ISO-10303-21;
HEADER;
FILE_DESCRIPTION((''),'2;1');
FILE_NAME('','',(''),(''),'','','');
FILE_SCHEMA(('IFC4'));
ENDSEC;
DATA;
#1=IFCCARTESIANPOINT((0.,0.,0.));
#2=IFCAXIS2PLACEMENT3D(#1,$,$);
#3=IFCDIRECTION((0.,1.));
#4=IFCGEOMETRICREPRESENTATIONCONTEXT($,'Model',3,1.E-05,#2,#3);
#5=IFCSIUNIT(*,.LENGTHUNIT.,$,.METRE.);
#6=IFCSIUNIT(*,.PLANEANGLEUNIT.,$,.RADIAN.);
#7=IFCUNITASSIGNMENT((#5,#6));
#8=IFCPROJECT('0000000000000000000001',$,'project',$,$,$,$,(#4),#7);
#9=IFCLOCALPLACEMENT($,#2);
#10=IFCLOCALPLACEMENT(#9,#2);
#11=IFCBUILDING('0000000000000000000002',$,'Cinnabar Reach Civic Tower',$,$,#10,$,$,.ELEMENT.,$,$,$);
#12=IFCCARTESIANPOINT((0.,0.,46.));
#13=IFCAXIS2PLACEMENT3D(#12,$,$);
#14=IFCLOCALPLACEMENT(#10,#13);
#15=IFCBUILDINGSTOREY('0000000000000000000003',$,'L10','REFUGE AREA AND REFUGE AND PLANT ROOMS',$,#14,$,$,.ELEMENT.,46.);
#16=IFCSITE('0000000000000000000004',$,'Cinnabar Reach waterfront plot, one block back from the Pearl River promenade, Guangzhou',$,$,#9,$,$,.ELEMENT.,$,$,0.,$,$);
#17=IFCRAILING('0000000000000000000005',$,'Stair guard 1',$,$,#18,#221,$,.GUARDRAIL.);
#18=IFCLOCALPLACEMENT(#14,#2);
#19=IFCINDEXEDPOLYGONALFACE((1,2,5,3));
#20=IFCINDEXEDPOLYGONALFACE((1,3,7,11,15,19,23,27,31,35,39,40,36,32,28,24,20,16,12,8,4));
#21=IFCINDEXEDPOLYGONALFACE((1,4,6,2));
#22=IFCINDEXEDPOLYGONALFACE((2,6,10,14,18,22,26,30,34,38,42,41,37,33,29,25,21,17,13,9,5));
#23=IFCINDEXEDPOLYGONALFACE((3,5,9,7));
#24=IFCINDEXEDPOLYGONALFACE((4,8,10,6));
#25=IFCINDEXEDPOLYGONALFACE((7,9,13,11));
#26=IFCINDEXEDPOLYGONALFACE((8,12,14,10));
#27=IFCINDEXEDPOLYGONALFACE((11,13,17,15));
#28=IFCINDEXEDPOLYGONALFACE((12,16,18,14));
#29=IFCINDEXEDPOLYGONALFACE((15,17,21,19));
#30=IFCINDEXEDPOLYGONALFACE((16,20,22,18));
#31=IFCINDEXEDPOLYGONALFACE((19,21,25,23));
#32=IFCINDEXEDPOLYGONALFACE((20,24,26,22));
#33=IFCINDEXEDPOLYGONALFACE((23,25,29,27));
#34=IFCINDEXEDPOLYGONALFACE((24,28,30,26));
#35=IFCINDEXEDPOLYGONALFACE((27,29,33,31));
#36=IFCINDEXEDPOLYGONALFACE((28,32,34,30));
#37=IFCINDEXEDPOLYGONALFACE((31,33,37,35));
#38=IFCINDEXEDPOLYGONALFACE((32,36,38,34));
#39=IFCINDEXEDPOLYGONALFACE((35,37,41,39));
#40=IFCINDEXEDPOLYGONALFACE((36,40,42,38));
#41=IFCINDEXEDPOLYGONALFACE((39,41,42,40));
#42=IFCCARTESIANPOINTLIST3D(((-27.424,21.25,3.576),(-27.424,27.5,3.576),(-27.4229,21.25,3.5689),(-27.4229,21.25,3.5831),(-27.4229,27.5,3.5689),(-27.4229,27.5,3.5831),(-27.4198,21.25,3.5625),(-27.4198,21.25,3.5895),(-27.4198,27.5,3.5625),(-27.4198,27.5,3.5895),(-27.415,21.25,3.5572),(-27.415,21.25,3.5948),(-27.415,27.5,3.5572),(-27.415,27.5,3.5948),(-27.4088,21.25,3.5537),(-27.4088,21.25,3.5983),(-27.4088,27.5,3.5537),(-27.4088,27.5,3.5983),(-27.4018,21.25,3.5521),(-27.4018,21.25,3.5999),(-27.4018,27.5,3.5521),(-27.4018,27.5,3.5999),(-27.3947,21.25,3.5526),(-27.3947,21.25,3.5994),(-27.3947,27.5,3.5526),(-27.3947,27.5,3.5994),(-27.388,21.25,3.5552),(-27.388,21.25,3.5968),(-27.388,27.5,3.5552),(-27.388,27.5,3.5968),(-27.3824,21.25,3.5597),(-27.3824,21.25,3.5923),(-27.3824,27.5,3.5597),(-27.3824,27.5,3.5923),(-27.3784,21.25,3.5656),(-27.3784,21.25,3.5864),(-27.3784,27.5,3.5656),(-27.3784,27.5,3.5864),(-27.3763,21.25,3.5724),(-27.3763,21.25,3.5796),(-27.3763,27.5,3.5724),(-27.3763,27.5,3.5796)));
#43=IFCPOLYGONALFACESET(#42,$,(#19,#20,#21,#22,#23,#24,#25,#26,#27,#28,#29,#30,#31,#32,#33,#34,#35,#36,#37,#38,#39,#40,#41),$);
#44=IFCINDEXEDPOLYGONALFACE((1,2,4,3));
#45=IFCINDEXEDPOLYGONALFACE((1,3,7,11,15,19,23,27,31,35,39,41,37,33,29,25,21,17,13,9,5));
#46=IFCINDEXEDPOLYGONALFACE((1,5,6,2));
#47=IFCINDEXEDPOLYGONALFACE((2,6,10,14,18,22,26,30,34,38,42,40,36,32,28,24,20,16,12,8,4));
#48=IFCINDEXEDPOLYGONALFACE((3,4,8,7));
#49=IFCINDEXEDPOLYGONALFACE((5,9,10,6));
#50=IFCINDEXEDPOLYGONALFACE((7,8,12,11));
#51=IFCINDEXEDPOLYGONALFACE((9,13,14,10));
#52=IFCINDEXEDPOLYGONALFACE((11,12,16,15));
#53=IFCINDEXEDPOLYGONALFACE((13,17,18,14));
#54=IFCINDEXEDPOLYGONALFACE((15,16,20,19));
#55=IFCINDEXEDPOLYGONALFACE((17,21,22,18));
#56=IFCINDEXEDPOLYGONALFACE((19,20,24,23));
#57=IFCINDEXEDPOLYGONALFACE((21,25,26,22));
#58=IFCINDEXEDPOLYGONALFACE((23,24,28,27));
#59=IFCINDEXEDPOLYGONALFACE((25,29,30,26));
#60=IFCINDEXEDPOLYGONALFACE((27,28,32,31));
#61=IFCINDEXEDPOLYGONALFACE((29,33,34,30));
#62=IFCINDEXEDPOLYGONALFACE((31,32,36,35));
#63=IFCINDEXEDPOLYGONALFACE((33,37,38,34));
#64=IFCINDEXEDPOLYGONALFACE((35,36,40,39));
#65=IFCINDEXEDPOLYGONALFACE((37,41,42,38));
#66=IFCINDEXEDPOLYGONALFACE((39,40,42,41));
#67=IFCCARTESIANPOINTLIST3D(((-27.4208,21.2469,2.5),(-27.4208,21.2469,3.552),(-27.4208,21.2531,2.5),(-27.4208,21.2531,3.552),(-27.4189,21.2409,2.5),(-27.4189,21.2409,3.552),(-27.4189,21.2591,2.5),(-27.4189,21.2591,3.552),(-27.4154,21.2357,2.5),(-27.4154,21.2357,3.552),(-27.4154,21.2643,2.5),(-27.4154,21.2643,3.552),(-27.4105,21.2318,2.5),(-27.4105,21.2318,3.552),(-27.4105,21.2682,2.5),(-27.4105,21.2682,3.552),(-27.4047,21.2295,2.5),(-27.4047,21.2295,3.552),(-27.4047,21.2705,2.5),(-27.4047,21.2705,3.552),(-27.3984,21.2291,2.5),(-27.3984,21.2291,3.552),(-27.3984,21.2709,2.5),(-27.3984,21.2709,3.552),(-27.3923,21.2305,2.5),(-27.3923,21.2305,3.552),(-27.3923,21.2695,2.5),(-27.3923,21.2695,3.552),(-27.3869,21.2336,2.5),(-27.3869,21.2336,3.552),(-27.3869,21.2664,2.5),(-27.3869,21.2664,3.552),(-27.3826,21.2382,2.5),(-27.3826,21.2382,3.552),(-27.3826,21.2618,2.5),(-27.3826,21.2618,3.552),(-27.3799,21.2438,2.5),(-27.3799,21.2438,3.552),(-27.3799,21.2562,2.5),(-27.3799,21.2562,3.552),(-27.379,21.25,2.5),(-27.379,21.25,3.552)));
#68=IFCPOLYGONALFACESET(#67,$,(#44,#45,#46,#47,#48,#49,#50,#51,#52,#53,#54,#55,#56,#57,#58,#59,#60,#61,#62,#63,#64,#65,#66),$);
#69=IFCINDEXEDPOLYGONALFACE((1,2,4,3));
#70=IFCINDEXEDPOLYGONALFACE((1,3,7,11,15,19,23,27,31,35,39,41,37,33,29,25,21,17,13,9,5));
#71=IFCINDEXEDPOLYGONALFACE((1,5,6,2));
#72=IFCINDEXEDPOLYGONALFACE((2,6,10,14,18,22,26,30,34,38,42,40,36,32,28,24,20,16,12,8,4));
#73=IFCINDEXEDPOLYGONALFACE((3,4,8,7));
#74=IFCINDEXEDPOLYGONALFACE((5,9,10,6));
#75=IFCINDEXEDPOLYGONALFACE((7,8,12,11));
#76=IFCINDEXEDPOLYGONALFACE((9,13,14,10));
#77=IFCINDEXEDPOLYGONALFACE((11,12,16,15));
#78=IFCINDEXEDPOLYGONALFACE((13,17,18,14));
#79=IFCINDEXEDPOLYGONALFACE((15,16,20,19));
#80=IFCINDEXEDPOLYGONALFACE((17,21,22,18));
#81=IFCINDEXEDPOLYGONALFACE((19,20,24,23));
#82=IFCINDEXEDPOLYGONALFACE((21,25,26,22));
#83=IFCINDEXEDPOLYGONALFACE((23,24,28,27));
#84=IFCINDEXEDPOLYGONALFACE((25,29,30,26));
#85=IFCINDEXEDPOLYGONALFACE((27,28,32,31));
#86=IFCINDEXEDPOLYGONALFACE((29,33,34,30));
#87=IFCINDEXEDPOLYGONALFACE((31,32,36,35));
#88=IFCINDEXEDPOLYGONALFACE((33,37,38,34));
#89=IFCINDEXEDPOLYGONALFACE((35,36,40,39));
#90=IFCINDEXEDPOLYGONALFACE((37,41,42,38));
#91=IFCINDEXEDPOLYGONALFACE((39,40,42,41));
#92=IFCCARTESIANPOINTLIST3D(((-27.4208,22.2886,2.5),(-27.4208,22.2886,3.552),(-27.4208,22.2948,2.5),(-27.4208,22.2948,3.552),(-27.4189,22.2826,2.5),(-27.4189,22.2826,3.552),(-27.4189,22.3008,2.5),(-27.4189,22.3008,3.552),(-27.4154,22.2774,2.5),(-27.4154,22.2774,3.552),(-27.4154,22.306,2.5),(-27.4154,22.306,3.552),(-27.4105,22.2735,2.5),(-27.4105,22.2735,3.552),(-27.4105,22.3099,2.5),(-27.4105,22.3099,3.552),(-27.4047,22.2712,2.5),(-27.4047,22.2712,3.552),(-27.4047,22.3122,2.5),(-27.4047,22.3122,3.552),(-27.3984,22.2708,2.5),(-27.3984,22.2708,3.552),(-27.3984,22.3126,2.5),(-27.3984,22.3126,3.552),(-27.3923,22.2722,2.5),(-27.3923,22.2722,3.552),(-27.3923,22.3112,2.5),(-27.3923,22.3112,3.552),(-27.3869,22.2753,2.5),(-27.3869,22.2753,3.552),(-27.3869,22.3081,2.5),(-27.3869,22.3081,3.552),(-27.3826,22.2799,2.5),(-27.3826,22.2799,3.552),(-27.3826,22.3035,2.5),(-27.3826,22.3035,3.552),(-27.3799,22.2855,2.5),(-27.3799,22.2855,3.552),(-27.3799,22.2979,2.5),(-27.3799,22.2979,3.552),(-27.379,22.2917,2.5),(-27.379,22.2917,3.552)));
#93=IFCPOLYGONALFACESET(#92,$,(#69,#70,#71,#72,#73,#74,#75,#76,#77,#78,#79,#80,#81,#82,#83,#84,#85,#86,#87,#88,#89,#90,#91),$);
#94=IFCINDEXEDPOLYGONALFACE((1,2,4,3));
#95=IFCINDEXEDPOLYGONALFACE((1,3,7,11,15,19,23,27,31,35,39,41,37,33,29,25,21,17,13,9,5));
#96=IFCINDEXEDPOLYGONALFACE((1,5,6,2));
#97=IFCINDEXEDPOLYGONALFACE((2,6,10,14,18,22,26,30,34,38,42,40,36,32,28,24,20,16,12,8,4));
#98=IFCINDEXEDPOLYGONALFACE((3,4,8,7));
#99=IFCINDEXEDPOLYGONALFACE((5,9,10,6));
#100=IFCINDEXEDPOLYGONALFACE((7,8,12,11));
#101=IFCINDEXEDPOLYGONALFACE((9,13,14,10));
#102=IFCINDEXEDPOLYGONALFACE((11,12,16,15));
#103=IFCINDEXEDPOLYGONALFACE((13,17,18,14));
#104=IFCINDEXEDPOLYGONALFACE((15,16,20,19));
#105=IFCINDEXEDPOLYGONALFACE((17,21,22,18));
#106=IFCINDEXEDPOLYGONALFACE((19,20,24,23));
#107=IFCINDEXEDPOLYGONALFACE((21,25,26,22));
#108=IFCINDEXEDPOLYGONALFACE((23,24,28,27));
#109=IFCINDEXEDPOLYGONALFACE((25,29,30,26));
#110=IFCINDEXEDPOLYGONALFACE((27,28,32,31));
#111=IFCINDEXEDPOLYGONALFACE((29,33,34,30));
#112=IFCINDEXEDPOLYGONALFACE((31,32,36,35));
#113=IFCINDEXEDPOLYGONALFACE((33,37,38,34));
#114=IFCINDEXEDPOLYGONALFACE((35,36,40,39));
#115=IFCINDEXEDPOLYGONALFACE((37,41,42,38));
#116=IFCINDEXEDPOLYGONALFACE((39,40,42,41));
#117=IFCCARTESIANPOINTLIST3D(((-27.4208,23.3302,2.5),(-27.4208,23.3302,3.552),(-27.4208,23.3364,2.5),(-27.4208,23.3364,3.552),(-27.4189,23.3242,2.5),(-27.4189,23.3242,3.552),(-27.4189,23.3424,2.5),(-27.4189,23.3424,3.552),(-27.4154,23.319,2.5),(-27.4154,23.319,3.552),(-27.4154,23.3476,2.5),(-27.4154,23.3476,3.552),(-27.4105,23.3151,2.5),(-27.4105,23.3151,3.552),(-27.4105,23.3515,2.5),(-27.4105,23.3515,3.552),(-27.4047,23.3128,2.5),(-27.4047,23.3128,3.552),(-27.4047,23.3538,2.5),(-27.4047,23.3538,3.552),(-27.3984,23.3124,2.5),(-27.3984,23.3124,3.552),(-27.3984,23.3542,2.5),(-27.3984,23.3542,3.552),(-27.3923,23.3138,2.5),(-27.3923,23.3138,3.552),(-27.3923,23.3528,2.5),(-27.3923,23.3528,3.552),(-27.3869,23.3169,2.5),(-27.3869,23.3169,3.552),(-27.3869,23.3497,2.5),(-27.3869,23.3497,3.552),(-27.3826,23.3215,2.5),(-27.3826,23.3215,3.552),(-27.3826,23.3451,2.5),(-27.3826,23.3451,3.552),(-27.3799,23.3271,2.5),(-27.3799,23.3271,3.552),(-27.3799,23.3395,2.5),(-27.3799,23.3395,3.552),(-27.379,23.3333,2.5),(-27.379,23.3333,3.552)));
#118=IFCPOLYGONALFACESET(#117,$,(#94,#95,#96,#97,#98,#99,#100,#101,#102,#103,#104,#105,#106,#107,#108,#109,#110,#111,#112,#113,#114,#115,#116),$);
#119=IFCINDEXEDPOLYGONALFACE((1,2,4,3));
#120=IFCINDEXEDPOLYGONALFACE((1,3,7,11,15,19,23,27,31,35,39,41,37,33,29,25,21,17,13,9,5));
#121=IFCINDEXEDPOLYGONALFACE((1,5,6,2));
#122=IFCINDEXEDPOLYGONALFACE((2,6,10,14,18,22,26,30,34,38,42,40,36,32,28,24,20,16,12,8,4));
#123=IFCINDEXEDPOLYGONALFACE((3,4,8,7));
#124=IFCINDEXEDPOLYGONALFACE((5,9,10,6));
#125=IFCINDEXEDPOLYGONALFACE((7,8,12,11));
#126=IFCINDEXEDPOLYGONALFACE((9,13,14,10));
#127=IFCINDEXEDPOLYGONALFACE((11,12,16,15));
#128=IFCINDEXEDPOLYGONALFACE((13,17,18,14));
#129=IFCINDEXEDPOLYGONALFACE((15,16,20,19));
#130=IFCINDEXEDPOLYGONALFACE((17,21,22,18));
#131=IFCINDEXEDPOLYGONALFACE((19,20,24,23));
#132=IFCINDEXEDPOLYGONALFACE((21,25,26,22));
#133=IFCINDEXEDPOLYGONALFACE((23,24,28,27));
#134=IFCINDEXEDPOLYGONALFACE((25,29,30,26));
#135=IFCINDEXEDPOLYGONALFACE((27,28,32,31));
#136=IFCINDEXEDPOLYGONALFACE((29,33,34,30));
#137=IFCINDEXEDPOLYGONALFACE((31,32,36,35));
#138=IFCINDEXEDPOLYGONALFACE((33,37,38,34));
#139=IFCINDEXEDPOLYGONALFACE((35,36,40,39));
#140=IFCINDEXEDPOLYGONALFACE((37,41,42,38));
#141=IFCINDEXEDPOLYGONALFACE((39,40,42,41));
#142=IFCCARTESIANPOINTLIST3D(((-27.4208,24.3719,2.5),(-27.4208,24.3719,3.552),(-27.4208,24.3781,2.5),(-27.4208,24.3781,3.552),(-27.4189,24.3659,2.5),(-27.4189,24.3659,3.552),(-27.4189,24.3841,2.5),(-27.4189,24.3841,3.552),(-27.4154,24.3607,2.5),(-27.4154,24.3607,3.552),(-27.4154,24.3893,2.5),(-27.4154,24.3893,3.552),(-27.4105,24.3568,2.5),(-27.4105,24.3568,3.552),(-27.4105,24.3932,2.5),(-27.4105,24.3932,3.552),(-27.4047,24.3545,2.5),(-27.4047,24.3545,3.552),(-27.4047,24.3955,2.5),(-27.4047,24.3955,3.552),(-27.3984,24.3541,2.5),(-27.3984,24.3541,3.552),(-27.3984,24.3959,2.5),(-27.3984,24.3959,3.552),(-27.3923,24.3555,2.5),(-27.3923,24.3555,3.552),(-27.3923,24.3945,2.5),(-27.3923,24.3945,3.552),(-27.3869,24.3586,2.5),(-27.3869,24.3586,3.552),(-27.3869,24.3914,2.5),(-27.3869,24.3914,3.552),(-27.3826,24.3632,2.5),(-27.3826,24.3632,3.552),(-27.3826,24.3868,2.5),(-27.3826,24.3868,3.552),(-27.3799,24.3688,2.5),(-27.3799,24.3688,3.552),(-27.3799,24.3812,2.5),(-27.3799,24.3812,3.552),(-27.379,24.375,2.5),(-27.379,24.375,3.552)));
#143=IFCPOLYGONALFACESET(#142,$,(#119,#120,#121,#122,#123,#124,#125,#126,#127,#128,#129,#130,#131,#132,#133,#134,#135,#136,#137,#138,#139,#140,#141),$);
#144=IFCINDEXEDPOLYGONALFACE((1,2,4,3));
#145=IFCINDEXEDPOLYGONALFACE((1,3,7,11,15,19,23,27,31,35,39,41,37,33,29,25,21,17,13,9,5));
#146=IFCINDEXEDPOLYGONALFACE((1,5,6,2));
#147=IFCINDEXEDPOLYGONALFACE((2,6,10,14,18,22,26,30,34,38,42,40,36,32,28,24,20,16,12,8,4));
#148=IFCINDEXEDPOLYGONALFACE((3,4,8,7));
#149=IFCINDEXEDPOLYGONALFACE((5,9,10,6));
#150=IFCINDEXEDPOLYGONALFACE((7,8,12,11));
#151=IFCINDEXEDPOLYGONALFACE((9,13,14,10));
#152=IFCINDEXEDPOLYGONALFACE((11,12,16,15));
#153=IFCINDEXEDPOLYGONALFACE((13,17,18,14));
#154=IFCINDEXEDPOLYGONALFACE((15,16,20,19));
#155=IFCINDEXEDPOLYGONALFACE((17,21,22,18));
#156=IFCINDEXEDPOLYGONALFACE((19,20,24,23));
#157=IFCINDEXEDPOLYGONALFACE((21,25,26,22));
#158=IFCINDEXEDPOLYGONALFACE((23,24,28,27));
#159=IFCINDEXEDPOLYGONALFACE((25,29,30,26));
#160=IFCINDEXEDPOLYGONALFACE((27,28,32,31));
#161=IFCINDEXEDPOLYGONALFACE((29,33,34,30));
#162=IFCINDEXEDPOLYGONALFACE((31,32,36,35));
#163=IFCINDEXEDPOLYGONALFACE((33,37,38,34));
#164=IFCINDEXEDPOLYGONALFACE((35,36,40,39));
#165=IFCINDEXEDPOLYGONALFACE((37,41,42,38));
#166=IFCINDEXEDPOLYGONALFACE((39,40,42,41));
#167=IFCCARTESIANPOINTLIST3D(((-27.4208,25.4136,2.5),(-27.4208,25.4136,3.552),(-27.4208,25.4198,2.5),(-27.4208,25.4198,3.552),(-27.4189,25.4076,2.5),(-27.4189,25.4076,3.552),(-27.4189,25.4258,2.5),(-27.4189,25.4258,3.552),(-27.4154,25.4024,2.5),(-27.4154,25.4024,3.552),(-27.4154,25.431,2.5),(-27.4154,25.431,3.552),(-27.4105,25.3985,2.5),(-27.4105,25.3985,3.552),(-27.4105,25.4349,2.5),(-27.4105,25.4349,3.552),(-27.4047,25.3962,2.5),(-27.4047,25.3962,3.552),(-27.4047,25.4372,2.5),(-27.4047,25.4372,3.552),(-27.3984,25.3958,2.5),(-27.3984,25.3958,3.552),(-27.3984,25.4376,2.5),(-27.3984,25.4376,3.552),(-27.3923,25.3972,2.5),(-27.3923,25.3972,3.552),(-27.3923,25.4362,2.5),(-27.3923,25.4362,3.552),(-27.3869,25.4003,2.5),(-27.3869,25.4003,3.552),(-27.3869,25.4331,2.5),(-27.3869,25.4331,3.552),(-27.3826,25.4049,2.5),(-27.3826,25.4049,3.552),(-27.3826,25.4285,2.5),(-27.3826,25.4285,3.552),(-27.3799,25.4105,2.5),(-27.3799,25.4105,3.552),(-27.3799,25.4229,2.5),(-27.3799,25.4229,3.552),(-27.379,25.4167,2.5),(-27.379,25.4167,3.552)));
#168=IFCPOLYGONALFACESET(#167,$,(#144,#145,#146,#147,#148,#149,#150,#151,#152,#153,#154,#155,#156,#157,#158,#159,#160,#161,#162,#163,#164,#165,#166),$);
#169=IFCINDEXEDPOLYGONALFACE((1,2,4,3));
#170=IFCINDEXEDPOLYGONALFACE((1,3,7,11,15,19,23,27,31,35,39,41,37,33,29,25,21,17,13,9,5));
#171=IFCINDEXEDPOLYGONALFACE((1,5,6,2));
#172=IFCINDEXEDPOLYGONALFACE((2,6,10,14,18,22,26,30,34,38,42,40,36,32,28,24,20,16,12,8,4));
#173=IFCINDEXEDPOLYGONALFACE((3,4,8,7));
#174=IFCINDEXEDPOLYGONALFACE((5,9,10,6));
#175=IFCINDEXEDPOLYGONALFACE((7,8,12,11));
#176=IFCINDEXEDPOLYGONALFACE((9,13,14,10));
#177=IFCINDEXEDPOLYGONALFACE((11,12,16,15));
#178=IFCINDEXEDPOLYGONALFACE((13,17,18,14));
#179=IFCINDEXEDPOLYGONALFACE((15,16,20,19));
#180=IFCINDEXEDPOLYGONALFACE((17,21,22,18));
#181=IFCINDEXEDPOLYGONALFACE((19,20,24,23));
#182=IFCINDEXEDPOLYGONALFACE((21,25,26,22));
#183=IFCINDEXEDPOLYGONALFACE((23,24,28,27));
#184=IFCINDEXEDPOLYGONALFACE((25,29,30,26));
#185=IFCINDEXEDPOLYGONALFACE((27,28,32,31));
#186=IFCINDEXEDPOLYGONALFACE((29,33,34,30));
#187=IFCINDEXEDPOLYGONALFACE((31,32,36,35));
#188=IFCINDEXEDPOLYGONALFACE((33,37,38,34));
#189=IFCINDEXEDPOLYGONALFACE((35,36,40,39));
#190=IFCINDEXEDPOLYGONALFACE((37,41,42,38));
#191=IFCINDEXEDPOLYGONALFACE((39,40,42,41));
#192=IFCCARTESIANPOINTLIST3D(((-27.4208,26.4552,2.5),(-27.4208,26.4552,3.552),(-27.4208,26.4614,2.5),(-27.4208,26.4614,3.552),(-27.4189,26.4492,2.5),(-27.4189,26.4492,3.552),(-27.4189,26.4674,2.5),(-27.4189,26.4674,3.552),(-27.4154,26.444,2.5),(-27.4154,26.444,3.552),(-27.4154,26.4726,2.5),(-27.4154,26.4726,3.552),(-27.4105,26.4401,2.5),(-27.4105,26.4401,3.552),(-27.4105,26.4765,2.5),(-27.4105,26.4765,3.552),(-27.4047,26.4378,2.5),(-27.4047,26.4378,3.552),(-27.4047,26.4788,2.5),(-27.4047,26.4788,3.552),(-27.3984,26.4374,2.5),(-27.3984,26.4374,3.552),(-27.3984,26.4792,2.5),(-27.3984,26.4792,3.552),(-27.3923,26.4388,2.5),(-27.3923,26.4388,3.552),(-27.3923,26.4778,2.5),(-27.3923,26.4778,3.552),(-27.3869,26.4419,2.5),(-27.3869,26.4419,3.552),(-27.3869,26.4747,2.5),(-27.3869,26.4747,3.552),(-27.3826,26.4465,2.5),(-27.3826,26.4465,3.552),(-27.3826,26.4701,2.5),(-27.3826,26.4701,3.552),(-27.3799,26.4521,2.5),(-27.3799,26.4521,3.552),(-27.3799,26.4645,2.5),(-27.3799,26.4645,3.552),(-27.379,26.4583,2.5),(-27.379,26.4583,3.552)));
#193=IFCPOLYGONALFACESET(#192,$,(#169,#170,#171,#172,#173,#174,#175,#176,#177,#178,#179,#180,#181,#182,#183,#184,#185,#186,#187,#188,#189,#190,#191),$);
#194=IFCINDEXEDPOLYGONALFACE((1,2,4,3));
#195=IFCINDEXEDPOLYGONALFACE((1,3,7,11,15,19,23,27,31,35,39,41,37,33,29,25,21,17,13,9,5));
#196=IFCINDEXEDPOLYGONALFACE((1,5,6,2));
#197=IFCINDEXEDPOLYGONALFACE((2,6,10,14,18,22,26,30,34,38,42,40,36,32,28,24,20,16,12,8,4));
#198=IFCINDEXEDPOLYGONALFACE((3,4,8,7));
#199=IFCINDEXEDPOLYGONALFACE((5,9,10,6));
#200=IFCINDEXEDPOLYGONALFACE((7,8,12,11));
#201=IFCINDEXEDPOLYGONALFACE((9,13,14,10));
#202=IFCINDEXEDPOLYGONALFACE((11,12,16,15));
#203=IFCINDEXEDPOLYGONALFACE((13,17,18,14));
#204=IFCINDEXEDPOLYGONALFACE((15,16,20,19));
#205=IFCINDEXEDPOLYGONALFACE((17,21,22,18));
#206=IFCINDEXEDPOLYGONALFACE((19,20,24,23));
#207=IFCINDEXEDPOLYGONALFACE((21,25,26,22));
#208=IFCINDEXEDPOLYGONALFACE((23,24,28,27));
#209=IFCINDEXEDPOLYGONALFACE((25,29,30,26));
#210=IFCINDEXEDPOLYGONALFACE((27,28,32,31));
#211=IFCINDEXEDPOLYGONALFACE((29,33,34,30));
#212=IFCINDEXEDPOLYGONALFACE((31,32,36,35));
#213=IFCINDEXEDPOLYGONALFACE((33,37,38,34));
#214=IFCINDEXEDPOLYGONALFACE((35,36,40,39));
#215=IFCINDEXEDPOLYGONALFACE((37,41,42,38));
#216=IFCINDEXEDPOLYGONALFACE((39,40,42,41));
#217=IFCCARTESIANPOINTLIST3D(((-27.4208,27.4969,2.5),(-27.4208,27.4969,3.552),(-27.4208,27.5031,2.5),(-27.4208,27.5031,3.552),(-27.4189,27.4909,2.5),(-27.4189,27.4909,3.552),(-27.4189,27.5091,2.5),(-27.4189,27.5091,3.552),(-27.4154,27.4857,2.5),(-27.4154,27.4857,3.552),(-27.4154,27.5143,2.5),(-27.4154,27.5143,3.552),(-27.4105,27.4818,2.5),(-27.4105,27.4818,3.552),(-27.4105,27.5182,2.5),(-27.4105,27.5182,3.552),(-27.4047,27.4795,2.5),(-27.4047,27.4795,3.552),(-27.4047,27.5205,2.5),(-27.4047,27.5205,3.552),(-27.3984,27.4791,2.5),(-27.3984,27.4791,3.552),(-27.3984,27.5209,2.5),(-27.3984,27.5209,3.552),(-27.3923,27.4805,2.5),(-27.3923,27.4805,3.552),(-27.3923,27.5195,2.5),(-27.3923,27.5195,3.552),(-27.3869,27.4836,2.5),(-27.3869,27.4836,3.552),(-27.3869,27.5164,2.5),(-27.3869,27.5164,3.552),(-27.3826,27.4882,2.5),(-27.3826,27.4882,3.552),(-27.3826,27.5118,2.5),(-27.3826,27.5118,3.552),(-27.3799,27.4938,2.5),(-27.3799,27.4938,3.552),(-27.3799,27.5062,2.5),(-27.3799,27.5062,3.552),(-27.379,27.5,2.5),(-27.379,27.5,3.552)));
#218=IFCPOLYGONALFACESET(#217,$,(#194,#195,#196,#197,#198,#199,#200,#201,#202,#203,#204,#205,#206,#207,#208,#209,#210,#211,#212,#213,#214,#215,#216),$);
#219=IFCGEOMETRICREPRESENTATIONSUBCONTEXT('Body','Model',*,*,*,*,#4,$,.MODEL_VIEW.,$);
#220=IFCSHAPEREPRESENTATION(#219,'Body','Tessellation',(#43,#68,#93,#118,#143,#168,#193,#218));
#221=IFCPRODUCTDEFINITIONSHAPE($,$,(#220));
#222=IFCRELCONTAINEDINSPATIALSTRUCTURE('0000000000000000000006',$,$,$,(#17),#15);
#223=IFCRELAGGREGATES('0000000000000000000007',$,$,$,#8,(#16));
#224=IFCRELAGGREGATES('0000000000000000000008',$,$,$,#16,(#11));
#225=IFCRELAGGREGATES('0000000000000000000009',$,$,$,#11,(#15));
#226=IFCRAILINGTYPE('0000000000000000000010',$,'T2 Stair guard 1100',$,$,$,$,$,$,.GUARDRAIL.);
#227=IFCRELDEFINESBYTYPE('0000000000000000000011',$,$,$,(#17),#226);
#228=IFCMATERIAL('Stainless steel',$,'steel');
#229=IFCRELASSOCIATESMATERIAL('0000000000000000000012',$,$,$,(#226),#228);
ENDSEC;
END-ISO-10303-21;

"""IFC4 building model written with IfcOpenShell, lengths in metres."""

from ifc_helpers import new_model, si_unit, direction, frame, origin, origin_2d, place, context, subcontext, project, spatial, circle, extrude, material, type_object, element, save


model = new_model("IFC4")

# Units and contexts
model_context = context("Model", 3, precision=1e-05, world=origin(), true_north=direction((0.0, 1.0)))
body_context = subcontext(model_context, "Body", "Model", "MODEL_VIEW")
ifc_project = project(units=[si_unit("LENGTHUNIT", "METRE"), si_unit("PLANEANGLEUNIT", "RADIAN")], contexts=[model_context])

# Site, building, storey
site_placement = place(None, origin())
site = spatial("IfcSite", under=ifc_project, at=site_placement, Name="Cinnabar Reach waterfront plot, one block back from the Pearl River promenade, Guangzhou", CompositionType="ELEMENT", RefElevation=0.0)
building_placement = place(site_placement, origin())
building = spatial("IfcBuilding", under=site, at=building_placement, Name="Cinnabar Reach Civic Tower", CompositionType="ELEMENT")
storey_placement = place(building_placement, frame((0.0, 0.0, 46.0)))
storey = spatial("IfcBuildingStorey", under=building, at=storey_placement, Name="L10", Description="REFUGE AREA AND REFUGE AND PLANT ROOMS", CompositionType="ELEMENT", Elevation=46.0)

# Railing
ifc_material_1 = material(Name="Stainless steel", Category="steel")
railing_type = type_object("IfcRailingType", Name="T2 Stair guard 1100", PredefinedType="GUARDRAIL", material=ifc_material_1)
for number, where, name in (
    (1, (-27.4, 21.25, 2.5), "Stair guard 1"),
):
    element("IfcRailing", number, at=place(storey_placement, frame(where)), inside=storey, type_object=railing_type, Name=name, PredefinedType="GUARDRAIL", context=body_context, shape_type="SweptSolid", body=[
        extrude(circle(Radius=0.024, at=origin_2d()), frame((0.0, 0.0, 1.076), z_axis=(0.0, 1.0, 0.0), x_axis=(-1.0, 0.0, 0.0)), (0.0, 0.0, 1.0), 6.25),
        extrude(circle(Radius=0.021, at=origin_2d()), origin(), (0.0, 0.0, 1.0), 1.052),
        extrude(circle(Radius=0.021, at=origin_2d()), frame((0.0, 1.0417, 0.0)), (0.0, 0.0, 1.0), 1.052),
        extrude(circle(Radius=0.021, at=origin_2d()), frame((0.0, 2.0833, 0.0)), (0.0, 0.0, 1.0), 1.052),
        extrude(circle(Radius=0.021, at=origin_2d()), frame((0.0, 3.125, 0.0)), (0.0, 0.0, 1.0), 1.052),
        extrude(circle(Radius=0.021, at=origin_2d()), frame((0.0, 4.1667, 0.0)), (0.0, 0.0, 1.0), 1.052),
        extrude(circle(Radius=0.021, at=origin_2d()), frame((0.0, 5.2083, 0.0)), (0.0, 0.0, 1.0), 1.052),
        extrude(circle(Radius=0.021, at=origin_2d()), frame((0.0, 6.25, 0.0)), (0.0, 0.0, 1.0), 1.052),
    ])

save(model, "model.ifc")
